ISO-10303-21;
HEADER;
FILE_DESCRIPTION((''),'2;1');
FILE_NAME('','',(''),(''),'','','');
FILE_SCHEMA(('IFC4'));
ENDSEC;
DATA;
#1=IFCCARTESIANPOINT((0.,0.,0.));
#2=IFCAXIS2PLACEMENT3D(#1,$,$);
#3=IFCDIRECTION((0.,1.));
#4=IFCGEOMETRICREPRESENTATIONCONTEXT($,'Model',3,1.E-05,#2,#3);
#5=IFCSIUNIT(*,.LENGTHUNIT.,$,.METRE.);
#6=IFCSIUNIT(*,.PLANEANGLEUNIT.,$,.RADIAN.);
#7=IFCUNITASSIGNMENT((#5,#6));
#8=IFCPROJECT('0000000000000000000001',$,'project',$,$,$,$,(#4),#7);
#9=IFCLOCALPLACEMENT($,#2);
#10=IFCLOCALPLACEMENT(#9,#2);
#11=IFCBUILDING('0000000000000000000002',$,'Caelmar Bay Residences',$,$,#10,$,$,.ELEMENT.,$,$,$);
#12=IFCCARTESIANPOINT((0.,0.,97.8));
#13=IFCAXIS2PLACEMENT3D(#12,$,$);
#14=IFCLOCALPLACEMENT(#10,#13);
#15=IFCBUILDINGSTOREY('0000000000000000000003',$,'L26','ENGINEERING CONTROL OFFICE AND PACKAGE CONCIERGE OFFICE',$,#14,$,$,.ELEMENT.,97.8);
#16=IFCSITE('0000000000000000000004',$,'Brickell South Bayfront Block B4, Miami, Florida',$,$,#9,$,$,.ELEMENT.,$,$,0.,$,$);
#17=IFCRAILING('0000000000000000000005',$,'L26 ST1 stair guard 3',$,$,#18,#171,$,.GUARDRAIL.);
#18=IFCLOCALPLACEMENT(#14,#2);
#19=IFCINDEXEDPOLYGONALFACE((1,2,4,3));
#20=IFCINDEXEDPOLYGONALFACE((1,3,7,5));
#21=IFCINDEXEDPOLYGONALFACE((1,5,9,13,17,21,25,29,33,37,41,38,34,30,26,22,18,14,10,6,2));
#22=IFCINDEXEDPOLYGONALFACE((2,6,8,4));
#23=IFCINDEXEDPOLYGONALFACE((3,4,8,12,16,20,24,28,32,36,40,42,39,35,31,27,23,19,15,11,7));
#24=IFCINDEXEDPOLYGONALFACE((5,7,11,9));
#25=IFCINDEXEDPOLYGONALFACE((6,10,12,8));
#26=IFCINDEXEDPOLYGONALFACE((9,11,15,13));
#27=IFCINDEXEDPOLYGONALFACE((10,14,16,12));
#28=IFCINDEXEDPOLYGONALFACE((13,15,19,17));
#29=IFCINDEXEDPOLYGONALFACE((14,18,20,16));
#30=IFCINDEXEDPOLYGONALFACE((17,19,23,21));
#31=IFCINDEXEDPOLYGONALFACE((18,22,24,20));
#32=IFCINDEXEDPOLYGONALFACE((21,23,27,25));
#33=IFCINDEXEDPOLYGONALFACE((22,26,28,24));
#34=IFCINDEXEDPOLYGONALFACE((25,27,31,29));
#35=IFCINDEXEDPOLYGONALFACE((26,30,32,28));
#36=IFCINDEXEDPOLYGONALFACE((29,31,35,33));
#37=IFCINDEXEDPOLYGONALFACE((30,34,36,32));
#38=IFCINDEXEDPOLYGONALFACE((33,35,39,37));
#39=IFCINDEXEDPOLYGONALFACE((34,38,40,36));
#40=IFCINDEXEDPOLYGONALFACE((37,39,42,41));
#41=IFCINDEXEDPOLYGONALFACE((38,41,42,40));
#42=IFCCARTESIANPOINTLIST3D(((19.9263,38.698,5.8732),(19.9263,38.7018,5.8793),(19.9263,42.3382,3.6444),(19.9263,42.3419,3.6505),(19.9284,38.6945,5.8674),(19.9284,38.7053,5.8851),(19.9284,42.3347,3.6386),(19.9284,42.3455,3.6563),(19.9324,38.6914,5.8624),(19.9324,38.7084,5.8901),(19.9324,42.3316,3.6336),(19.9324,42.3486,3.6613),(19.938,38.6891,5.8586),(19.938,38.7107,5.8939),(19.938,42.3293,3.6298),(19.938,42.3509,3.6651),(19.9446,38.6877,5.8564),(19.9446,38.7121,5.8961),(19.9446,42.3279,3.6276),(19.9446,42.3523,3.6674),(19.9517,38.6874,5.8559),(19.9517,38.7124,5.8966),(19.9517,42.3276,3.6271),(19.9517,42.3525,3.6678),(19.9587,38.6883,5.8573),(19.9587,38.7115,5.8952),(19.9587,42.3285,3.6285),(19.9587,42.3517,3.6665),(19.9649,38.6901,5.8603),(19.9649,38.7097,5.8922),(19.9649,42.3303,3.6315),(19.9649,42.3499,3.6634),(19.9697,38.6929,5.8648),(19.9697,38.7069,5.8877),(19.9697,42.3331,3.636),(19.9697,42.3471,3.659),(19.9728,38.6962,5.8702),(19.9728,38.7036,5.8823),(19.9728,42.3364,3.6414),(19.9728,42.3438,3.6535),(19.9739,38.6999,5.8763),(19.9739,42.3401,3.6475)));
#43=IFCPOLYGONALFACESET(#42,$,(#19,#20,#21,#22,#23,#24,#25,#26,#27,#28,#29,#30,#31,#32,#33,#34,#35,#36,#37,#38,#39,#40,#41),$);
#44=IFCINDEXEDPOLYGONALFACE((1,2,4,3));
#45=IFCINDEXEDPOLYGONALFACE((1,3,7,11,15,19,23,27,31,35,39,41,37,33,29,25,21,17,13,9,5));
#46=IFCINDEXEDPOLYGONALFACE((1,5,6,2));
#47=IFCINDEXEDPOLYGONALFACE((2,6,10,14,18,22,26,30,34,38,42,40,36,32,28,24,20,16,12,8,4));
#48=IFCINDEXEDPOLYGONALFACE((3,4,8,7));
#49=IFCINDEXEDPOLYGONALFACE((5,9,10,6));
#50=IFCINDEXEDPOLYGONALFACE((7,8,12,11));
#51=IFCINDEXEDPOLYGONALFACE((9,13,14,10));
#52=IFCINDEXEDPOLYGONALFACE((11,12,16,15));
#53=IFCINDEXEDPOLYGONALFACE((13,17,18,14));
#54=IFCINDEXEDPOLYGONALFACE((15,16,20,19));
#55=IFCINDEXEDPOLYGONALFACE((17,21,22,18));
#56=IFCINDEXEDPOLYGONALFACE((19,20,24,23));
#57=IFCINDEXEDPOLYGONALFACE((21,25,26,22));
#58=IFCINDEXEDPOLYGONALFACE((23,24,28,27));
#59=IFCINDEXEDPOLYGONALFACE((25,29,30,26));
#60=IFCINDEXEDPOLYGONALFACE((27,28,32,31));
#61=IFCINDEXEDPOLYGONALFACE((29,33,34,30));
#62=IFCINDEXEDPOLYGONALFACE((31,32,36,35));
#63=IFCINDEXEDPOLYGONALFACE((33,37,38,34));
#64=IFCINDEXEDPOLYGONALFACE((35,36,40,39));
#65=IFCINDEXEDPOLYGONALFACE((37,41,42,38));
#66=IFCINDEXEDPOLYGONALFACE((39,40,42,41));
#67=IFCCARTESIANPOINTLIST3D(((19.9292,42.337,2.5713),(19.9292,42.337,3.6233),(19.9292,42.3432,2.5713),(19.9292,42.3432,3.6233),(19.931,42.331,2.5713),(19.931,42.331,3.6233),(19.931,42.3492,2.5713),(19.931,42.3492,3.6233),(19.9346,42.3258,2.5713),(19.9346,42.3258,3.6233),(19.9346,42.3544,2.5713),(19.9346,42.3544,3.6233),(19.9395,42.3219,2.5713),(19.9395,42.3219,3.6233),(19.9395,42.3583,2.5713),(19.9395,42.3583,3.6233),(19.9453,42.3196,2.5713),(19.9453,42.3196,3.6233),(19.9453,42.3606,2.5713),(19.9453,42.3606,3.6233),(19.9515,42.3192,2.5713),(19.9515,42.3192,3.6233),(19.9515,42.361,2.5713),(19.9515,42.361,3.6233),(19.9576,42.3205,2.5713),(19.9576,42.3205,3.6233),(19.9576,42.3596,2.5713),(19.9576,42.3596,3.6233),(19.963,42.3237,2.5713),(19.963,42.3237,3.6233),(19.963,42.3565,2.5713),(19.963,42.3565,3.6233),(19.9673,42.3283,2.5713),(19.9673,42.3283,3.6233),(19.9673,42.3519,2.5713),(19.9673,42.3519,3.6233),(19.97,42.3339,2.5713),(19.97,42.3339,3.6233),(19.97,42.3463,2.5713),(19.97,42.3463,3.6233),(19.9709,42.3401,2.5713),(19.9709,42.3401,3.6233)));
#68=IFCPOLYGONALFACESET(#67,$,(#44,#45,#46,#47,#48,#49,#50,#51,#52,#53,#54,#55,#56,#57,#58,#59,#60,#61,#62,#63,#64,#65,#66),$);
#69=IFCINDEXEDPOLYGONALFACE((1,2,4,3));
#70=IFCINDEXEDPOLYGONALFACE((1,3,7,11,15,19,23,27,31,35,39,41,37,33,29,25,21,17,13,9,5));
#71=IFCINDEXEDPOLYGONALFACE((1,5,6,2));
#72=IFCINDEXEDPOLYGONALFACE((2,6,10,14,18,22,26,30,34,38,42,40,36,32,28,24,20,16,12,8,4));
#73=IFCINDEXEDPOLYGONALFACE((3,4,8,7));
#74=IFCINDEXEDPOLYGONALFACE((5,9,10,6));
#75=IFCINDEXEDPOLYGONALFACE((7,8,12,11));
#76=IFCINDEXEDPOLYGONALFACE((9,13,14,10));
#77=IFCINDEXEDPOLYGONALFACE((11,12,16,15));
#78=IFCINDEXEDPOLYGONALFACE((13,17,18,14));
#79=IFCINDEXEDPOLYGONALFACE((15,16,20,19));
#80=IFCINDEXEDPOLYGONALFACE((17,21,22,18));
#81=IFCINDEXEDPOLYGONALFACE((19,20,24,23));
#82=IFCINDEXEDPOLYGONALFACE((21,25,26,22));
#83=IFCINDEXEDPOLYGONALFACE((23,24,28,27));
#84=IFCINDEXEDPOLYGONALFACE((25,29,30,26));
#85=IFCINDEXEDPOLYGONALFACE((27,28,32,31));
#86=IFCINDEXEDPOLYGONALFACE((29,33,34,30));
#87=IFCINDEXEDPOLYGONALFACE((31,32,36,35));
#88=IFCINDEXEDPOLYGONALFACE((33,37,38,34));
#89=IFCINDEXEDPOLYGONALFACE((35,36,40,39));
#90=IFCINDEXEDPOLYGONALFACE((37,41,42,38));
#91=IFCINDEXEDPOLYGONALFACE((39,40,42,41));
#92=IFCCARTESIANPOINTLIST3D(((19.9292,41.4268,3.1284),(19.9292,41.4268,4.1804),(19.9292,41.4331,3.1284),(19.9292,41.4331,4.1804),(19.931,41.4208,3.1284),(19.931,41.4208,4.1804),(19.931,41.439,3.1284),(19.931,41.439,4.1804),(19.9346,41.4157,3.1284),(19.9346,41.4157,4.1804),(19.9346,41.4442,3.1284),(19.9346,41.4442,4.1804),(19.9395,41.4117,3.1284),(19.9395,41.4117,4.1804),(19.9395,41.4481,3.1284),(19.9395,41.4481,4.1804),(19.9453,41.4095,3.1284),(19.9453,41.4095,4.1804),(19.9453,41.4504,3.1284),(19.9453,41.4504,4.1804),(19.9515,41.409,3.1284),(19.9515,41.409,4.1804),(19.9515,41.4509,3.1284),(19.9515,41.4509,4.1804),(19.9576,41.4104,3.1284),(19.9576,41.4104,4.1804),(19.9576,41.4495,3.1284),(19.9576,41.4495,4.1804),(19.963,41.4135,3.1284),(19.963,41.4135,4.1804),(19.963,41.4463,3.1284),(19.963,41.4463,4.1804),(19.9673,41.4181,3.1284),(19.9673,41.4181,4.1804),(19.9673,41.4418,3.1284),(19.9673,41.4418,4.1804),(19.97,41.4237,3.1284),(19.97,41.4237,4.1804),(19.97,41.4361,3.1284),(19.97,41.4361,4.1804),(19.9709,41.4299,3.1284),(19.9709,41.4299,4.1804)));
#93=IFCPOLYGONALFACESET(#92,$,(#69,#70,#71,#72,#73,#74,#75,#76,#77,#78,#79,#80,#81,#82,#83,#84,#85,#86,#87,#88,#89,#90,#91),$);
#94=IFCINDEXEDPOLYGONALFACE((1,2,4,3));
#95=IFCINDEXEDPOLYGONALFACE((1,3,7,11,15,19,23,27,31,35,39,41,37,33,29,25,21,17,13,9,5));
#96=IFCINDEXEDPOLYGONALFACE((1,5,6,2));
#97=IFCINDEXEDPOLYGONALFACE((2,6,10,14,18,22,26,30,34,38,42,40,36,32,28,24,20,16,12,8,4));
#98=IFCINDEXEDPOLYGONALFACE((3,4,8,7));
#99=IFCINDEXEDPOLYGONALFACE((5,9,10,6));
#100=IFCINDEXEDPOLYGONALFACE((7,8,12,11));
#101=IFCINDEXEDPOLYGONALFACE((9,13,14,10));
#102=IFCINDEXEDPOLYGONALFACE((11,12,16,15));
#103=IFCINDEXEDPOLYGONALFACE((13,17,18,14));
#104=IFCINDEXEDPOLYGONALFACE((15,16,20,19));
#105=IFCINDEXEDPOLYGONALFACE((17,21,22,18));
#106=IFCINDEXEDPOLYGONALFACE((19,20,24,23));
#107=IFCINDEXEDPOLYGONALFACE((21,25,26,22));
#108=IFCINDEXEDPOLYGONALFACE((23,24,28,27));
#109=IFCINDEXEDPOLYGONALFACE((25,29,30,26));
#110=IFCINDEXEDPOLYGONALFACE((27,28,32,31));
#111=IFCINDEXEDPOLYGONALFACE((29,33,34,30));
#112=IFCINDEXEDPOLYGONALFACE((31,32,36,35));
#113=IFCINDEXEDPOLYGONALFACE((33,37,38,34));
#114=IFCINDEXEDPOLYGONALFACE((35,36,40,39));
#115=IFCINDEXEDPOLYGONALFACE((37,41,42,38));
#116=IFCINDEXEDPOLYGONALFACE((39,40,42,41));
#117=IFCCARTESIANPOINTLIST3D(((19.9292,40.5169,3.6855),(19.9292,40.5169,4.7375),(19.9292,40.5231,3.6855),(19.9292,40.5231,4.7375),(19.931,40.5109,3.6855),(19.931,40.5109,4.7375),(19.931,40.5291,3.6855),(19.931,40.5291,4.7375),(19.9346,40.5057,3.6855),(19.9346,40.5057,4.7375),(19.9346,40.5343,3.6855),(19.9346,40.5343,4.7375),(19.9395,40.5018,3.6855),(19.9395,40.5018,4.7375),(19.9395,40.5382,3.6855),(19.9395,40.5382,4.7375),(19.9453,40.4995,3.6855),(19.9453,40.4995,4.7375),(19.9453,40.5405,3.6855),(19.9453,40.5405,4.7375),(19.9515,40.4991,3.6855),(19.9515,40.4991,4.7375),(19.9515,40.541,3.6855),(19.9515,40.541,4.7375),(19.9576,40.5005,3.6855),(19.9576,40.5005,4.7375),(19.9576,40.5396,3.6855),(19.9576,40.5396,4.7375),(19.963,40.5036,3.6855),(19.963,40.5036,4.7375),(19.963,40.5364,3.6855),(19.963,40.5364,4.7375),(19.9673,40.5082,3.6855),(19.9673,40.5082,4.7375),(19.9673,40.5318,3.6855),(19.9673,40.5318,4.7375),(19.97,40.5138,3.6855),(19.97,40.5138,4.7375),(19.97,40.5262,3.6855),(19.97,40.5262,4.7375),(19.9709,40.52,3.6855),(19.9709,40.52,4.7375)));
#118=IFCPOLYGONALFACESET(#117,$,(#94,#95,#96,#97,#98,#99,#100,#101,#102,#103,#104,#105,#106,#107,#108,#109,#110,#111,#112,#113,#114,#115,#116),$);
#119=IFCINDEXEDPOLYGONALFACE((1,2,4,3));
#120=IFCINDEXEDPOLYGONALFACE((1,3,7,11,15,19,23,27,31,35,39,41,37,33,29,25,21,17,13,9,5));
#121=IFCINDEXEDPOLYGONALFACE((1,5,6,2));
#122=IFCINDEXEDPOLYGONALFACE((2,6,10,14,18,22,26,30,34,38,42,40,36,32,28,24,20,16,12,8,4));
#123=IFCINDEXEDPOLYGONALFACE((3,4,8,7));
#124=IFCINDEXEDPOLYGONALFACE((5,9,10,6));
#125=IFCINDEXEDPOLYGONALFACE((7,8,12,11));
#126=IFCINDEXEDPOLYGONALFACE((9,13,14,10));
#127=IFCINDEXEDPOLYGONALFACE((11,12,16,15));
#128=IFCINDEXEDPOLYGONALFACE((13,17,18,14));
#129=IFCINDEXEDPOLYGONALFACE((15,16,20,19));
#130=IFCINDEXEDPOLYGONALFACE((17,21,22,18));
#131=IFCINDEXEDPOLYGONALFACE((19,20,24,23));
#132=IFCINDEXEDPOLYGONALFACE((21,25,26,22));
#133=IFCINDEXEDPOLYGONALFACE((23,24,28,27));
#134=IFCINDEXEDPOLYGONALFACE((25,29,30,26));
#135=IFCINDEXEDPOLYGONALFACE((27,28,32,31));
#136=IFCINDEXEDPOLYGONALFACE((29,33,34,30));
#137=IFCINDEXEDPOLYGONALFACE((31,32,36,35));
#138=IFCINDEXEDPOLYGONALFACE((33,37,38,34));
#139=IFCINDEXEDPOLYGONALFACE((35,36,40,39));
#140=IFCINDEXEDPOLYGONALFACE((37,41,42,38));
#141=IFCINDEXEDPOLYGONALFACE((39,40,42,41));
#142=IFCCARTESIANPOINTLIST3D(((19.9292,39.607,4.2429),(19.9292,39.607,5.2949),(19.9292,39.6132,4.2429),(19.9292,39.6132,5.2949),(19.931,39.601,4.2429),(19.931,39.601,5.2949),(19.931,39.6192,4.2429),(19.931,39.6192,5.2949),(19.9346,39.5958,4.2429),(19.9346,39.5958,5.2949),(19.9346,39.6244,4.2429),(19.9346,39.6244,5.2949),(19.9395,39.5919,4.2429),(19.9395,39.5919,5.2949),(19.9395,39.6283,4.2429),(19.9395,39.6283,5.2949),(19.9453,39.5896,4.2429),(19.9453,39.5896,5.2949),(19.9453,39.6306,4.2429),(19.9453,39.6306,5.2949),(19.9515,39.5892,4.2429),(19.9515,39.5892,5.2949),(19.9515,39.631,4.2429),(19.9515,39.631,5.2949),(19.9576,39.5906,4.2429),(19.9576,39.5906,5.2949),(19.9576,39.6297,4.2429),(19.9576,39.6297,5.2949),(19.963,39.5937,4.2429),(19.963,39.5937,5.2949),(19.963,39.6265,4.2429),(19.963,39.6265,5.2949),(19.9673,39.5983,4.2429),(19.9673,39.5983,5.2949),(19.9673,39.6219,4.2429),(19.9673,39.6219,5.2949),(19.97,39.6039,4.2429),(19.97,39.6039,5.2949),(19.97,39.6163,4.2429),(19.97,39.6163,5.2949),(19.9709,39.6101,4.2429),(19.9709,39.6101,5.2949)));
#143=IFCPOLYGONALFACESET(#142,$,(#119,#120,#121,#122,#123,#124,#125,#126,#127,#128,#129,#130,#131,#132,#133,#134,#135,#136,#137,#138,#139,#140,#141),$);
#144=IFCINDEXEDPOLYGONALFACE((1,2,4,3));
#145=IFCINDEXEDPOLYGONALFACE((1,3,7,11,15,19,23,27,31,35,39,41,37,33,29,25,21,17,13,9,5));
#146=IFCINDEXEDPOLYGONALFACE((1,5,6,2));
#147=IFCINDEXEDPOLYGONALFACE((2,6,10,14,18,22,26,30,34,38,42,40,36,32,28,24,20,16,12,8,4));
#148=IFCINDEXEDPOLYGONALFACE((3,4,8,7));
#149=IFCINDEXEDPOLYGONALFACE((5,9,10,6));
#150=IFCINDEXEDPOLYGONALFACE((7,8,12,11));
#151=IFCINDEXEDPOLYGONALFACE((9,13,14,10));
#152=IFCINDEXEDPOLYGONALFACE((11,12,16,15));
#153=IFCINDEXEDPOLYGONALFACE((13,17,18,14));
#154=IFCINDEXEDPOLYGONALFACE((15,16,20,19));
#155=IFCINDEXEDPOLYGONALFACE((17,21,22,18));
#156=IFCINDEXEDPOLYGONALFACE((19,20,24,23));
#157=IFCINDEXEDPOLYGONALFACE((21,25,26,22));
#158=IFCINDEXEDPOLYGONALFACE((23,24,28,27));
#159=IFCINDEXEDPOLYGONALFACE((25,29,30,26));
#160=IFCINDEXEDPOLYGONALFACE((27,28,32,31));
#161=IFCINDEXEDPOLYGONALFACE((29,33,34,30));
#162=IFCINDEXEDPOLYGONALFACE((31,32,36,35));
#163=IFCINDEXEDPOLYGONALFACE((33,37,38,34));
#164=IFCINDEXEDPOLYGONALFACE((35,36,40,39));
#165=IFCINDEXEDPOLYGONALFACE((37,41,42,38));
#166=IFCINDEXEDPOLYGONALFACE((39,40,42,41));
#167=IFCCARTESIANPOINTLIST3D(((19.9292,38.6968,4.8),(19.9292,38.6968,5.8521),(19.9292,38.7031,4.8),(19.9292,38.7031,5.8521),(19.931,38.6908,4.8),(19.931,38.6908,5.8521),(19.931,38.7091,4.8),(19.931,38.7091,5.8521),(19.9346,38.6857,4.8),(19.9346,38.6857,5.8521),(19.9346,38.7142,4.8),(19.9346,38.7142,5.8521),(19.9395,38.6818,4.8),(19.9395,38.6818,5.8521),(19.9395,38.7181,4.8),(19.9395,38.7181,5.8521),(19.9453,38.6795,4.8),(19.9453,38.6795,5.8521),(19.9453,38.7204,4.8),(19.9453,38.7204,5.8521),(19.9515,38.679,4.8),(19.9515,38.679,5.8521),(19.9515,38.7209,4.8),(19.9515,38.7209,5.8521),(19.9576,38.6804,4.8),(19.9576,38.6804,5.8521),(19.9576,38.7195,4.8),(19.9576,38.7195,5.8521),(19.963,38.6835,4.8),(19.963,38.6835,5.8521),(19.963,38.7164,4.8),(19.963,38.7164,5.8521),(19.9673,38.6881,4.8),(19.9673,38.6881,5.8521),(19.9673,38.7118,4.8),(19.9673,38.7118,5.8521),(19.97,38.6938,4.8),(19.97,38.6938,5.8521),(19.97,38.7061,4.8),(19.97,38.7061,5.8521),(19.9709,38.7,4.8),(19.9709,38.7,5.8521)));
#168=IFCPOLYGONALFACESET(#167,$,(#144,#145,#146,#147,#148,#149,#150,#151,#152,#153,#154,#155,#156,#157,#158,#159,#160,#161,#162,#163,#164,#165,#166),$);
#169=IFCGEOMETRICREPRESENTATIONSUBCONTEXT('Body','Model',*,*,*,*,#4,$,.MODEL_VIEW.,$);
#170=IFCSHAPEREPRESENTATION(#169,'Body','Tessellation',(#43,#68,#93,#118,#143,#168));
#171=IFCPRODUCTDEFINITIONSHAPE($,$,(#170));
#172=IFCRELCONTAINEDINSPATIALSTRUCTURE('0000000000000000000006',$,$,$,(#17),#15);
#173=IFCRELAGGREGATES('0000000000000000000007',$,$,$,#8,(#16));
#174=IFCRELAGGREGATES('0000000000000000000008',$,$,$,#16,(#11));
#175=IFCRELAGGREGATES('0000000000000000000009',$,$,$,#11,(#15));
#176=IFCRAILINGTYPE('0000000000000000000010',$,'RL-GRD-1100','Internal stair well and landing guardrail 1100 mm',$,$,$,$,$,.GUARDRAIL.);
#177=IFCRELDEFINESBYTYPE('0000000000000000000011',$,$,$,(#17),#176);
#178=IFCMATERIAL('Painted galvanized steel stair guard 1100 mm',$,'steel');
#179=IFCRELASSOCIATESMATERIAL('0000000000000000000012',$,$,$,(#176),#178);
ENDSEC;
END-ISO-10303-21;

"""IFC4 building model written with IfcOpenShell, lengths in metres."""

from ifc_helpers import new_model, si_unit, direction, frame, origin, origin_2d, place, context, subcontext, project, spatial, circle, extrude, material, type_object, element, save


model = new_model("IFC4")

# Units and contexts
model_context = context("Model", 3, precision=1e-05, world=origin(), true_north=direction((0.0, 1.0)))
body_context = subcontext(model_context, "Body", "Model", "MODEL_VIEW")
ifc_project = project(units=[si_unit("LENGTHUNIT", "METRE"), si_unit("PLANEANGLEUNIT", "RADIAN")], contexts=[model_context])

# Site, building, storey
site_placement = place(None, origin())
site = spatial("IfcSite", under=ifc_project, at=site_placement, Name="Brickell South Bayfront Block B4, Miami, Florida", CompositionType="ELEMENT", RefElevation=0.0)
building_placement = place(site_placement, origin())
building = spatial("IfcBuilding", under=site, at=building_placement, Name="Caelmar Bay Residences", CompositionType="ELEMENT")
storey_placement = place(building_placement, frame((0.0, 0.0, 97.8)))
storey = spatial("IfcBuildingStorey", under=building, at=storey_placement, Name="L26", Description="ENGINEERING CONTROL OFFICE AND PACKAGE CONCIERGE OFFICE", CompositionType="ELEMENT", Elevation=97.8)

# Railing
ifc_material_1 = material(Name="Painted galvanized steel stair guard 1100 mm", Category="steel")
railing_type_1 = type_object("IfcRailingType", Name="RL-GRD-1100", Description="Internal stair well and landing guardrail 1100 mm", PredefinedType="GUARDRAIL", material=ifc_material_1)
railing_1_placement = place(storey_placement, frame((19.95, 42.3401, 2.5713)))
element("IfcRailing", 1, at=railing_1_placement, inside=storey, type_object=railing_type_1, Name="L26 ST1 stair guard 3", PredefinedType="GUARDRAIL", context=body_context, shape_type="SweptSolid", body=[
    extrude(circle(Radius=0.0239, at=origin_2d()), frame((0.0, 0.0, 1.0762), z_axis=(0.0, -0.85284, 0.522172), x_axis=(1.0, 0.0, 0.0)), (0.0, 0.0, 1.0), 4.2683),
    extrude(circle(Radius=0.021, at=origin_2d()), origin(), (0.0, 0.0, 1.0), 1.052),
    extrude(circle(Radius=0.021, at=origin_2d()), frame((0.0, -0.9102, 0.5571)), (0.0, 0.0, 1.0), 1.052),
    extrude(circle(Radius=0.021, at=origin_2d()), frame((0.0, -1.8201, 1.1143)), (0.0, 0.0, 1.0), 1.052),
    extrude(circle(Radius=0.021, at=origin_2d()), frame((0.0, -2.73, 1.6716)), (0.0, 0.0, 1.0), 1.052),
    extrude(circle(Radius=0.021, at=origin_2d()), frame((0.0, -3.6401, 2.2288)), (0.0, 0.0, 1.0), 1.052),
])

save(model, "model.ifc")
